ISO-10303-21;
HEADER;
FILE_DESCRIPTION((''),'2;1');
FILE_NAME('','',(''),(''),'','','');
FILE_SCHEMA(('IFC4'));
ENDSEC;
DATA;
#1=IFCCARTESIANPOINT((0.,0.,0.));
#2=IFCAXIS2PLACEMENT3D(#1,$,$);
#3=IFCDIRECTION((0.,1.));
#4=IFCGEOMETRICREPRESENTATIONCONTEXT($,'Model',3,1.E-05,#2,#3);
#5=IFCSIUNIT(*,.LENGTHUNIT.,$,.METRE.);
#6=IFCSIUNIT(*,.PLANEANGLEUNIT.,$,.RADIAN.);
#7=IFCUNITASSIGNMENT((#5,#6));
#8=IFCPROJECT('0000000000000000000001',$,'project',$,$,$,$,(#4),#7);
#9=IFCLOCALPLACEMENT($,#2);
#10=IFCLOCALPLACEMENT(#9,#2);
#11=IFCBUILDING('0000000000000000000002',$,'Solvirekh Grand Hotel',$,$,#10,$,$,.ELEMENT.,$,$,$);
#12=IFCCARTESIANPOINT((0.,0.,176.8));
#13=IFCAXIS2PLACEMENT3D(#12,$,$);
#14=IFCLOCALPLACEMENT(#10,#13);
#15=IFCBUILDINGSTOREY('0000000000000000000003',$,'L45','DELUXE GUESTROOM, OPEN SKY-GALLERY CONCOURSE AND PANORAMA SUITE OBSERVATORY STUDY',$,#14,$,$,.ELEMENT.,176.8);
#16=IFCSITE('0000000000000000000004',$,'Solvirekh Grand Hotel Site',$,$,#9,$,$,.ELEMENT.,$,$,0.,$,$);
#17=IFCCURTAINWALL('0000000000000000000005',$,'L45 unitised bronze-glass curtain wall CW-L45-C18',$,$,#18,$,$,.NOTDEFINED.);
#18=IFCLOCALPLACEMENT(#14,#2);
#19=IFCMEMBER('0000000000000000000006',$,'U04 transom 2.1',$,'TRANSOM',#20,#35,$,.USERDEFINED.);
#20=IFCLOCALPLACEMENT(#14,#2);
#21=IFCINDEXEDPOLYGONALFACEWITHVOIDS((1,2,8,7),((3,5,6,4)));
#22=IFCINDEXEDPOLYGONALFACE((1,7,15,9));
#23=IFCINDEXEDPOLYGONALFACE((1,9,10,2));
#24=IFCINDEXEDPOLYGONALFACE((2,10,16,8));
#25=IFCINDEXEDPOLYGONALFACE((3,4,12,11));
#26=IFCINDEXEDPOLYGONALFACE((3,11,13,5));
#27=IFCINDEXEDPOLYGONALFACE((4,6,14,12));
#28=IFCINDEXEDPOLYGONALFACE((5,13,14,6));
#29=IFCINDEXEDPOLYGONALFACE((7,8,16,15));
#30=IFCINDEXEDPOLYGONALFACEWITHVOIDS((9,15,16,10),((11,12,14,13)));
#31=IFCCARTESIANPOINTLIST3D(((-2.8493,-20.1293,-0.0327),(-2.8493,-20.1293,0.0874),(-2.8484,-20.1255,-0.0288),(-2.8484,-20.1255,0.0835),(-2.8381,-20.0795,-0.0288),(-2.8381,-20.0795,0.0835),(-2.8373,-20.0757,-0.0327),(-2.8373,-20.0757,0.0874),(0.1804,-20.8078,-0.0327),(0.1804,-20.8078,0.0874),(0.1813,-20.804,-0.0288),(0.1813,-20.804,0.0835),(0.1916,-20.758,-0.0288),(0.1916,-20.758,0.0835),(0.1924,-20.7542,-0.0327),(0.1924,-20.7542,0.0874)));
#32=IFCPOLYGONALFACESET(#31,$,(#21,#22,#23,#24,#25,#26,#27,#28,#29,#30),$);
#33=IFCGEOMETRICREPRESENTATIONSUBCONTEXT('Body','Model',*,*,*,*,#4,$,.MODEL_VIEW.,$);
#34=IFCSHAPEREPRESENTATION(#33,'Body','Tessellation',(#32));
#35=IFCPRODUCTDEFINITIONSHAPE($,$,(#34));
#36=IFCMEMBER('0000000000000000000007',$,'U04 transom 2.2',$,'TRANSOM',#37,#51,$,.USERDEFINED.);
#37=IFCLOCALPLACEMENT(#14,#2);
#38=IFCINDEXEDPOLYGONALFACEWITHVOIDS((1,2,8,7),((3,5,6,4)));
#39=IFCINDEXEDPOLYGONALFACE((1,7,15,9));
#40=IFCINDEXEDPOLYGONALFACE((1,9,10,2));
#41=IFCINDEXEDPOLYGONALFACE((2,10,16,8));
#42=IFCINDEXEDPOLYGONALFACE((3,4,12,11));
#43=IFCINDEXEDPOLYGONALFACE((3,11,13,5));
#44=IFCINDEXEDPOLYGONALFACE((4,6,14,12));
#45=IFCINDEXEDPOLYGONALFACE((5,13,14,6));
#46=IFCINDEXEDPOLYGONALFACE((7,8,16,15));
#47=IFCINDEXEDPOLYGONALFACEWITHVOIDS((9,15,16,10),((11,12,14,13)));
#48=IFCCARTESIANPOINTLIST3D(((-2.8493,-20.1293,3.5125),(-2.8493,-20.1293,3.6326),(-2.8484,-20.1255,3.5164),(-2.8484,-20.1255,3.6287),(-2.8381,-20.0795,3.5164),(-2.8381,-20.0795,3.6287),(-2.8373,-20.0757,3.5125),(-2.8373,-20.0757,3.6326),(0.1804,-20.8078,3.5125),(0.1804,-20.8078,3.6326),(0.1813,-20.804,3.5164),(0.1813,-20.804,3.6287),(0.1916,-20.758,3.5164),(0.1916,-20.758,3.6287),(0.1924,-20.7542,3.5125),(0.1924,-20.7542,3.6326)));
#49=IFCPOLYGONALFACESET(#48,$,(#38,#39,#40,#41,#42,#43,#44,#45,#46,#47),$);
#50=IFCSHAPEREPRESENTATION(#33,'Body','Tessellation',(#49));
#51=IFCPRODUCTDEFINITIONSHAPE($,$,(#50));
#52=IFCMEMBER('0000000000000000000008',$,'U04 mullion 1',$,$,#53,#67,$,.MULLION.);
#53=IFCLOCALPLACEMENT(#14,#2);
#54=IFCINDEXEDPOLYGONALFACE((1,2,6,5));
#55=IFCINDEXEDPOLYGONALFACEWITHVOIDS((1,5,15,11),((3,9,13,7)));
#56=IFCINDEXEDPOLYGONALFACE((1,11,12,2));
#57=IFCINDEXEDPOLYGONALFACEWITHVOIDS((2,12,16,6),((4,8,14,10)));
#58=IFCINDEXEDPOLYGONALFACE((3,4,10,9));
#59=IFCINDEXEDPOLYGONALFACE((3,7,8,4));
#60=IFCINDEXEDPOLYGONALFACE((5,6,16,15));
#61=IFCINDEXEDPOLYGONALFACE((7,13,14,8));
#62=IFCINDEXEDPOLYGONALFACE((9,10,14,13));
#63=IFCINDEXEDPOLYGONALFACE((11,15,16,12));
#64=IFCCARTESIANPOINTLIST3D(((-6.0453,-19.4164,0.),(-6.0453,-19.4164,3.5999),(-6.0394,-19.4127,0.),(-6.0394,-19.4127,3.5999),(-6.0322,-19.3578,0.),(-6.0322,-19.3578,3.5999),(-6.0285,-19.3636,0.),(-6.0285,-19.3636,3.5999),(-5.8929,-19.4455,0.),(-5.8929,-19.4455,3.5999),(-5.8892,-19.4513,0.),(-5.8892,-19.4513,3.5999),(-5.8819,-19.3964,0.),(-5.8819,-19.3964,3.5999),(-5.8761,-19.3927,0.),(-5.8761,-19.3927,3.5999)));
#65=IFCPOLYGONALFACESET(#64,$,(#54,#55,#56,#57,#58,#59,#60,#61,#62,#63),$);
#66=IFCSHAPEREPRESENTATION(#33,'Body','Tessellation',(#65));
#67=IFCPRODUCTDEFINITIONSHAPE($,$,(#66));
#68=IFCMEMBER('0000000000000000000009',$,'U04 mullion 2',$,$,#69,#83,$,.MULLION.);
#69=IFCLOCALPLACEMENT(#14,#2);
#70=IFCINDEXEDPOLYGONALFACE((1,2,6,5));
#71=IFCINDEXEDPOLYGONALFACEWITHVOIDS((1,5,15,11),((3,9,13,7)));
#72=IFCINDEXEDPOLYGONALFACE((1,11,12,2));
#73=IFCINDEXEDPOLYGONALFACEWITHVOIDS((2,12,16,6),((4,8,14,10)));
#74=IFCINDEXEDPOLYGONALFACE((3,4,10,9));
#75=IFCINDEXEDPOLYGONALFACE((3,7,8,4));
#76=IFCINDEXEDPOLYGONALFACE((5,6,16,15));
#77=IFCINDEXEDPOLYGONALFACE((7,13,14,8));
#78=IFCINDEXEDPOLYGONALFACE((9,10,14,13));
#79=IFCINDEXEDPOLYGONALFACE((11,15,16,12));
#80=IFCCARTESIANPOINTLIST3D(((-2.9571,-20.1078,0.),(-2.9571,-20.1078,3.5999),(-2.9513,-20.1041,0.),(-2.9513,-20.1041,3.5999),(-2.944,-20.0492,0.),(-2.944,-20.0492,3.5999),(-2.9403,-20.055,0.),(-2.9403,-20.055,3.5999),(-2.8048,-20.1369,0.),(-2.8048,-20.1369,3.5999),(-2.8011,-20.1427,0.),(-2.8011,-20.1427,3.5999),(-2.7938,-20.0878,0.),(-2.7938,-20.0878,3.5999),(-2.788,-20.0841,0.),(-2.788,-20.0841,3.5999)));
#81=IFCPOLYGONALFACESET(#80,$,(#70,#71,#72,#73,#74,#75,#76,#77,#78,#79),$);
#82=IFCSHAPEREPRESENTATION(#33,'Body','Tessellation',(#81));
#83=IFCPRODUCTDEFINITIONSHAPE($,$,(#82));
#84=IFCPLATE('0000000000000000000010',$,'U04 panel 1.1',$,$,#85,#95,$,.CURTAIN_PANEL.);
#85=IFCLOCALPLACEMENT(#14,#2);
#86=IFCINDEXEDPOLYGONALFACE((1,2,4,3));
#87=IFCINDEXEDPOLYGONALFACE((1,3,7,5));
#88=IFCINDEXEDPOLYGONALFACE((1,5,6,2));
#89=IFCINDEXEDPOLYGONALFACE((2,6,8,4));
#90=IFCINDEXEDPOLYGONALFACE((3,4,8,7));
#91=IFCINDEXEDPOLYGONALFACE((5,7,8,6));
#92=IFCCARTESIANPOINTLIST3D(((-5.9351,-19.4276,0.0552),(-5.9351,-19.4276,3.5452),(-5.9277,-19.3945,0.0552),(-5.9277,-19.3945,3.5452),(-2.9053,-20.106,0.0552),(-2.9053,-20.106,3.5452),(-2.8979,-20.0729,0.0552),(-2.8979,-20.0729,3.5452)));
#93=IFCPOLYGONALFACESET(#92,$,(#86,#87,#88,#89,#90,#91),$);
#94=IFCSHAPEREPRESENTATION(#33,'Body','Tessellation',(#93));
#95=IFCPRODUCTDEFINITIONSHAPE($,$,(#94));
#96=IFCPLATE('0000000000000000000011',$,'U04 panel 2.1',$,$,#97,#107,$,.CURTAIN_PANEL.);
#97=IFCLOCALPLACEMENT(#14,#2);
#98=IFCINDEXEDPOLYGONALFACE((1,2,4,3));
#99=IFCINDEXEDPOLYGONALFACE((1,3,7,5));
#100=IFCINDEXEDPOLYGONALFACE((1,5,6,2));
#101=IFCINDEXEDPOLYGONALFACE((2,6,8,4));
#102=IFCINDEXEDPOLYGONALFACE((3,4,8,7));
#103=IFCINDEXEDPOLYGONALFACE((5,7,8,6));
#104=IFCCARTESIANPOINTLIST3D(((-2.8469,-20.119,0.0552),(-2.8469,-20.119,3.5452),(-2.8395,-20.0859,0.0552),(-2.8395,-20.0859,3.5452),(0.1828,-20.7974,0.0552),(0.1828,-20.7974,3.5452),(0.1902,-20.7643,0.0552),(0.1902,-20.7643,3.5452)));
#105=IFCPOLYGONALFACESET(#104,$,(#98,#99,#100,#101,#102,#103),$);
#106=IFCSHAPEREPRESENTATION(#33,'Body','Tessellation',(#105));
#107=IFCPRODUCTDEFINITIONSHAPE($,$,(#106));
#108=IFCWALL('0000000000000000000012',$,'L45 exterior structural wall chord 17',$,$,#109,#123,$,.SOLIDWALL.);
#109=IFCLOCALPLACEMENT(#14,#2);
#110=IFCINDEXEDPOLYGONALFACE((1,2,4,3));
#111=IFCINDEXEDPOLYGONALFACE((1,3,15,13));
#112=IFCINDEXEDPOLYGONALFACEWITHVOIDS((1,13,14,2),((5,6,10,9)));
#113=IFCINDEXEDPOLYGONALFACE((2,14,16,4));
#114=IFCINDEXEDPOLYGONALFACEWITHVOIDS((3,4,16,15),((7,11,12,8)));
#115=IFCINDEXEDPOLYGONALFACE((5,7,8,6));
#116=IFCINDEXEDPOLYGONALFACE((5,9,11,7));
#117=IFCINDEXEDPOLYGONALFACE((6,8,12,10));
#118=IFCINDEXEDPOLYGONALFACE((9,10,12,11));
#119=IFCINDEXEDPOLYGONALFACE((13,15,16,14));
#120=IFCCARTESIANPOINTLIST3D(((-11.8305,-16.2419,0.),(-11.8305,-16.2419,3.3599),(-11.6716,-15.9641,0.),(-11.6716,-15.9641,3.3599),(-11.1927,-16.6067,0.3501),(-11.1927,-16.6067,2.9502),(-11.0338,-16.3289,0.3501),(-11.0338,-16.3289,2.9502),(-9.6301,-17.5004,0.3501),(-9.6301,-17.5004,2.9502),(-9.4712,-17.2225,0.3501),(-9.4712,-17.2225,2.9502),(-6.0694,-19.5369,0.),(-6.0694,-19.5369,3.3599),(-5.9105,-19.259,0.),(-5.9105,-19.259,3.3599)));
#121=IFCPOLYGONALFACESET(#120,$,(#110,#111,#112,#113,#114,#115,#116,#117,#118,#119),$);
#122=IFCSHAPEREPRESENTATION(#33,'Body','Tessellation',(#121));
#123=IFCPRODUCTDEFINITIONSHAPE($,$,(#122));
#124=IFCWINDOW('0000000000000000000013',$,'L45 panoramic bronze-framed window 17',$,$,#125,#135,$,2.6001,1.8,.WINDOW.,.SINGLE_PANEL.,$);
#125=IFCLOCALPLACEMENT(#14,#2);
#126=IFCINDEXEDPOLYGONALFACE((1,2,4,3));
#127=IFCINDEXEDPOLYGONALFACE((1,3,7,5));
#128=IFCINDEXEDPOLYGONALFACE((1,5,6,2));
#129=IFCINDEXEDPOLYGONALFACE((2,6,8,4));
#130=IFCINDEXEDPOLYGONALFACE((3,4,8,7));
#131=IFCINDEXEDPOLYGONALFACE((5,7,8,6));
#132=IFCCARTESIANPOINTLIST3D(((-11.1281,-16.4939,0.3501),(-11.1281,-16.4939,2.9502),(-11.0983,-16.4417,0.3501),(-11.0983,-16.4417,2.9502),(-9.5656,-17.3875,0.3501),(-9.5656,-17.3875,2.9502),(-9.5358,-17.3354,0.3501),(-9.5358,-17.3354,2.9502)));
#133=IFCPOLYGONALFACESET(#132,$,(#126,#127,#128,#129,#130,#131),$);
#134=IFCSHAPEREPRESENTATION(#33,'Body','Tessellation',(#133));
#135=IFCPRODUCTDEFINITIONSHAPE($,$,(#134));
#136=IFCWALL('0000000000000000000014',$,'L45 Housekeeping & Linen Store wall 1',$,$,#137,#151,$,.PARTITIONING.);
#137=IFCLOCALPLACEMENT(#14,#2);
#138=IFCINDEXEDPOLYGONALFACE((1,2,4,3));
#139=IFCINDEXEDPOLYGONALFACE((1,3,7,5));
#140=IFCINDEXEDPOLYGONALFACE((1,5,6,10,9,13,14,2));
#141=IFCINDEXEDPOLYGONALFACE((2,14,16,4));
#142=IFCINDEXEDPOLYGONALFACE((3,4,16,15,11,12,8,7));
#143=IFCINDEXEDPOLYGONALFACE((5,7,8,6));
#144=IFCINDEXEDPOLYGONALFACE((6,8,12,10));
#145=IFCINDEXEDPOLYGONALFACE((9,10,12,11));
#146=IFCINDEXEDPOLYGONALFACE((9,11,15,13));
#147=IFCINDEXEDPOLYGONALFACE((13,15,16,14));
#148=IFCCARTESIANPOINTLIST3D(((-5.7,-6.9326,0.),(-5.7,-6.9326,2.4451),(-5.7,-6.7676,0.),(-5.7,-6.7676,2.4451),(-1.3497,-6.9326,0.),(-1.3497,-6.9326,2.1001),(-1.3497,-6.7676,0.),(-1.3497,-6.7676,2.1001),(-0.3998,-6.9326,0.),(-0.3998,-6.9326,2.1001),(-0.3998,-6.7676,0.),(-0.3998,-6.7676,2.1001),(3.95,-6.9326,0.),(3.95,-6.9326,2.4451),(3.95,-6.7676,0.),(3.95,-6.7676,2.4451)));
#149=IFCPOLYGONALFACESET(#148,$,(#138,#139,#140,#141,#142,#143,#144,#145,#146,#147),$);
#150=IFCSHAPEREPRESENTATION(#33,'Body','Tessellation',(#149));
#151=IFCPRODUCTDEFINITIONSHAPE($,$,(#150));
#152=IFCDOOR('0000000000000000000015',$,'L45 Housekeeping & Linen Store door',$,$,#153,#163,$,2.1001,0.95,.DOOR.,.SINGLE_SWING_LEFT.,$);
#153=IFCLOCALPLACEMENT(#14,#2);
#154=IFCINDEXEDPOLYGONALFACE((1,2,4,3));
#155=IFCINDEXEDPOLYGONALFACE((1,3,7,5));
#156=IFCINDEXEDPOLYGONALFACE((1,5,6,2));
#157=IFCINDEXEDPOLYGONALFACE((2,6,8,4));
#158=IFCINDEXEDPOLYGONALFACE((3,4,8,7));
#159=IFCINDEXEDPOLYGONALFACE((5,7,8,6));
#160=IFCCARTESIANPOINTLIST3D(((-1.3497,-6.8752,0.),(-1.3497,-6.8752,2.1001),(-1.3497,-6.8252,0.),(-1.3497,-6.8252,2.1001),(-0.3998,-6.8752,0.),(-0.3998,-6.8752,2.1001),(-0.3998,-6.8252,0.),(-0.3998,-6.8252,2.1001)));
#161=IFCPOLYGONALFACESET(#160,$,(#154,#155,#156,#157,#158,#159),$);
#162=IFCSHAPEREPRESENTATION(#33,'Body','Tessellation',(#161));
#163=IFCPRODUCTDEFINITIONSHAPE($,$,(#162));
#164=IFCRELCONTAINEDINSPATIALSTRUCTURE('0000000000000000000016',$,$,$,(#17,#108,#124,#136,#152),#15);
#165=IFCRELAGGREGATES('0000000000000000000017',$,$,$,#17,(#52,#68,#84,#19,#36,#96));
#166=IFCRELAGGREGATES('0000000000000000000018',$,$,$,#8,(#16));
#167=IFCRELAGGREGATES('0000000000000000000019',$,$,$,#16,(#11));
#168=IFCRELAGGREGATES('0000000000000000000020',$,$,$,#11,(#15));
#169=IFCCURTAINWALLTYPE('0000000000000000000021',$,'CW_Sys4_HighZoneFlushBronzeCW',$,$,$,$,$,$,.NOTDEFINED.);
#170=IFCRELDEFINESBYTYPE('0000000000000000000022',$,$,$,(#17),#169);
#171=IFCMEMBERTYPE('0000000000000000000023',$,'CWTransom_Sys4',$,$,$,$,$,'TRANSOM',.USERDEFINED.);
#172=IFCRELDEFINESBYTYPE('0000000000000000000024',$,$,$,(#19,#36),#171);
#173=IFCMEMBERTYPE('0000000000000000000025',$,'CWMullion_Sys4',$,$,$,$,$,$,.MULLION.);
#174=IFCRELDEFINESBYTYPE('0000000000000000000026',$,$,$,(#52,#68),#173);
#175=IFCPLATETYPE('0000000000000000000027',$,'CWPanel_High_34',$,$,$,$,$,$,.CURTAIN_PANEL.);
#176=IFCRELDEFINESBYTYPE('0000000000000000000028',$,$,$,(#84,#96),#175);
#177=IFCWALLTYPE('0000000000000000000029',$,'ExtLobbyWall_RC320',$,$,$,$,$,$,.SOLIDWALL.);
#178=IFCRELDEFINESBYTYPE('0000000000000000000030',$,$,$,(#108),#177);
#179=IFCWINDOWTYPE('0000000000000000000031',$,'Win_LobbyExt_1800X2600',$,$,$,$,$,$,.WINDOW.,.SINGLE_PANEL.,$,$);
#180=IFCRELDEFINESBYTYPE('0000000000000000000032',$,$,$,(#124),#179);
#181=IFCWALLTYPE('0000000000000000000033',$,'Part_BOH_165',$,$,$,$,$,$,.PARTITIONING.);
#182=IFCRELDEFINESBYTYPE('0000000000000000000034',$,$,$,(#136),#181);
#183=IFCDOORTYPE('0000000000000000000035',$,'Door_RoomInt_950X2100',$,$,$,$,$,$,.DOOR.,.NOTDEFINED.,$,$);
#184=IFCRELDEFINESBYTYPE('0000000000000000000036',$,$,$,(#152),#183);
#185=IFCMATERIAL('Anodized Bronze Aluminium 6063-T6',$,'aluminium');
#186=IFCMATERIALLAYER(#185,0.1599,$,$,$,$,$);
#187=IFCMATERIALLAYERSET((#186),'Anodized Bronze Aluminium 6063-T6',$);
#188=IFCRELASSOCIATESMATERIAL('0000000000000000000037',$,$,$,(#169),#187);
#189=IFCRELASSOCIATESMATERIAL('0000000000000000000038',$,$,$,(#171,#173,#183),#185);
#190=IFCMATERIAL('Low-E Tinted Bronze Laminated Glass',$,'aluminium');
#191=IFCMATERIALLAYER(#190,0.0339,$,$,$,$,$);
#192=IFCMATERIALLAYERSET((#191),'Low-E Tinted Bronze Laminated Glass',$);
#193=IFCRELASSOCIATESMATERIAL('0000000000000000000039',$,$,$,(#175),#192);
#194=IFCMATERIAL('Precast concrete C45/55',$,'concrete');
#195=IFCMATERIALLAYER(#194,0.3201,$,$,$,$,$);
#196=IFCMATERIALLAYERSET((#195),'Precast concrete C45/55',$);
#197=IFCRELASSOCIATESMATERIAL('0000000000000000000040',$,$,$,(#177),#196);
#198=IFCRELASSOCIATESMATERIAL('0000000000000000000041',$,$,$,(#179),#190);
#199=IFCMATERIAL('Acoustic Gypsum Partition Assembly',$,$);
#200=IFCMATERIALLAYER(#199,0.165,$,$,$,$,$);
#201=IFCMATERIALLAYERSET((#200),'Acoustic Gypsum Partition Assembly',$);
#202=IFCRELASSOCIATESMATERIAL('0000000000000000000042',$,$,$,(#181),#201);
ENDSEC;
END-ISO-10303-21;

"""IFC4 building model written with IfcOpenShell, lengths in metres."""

from ifc_helpers import new_model, si_unit, direction, frame, frame_2d, origin, origin_2d, place, context, subcontext, project, spatial, rectangle, hollow_rectangle, extrude, source, transform, mapped, material, layer, layer_set, material_profile, profile_set, type_object, element, fill, aggregate, save


model = new_model("IFC4")

# Units and contexts
model_context = context("Model", 3, precision=1e-05, world=origin(), true_north=direction((0.0, 1.0)))
body_context = subcontext(model_context, "Body", "Model", "MODEL_VIEW")
ifc_project = project(units=[si_unit("LENGTHUNIT", "METRE"), si_unit("PLANEANGLEUNIT", "RADIAN")], contexts=[model_context])

# Site, building, storey
site_placement = place(None, origin())
site = spatial("IfcSite", under=ifc_project, at=site_placement, Name="Solvirekh Grand Hotel Site", CompositionType="ELEMENT", RefElevation=0.0)
building_placement = place(site_placement, origin())
building = spatial("IfcBuilding", under=site, at=building_placement, Name="Solvirekh Grand Hotel", CompositionType="ELEMENT")
storey_placement = place(building_placement, frame((0.0, 0.0, 176.8)))
storey = spatial("IfcBuildingStorey", under=building, at=storey_placement, Name="L45", Description="DELUXE GUESTROOM, OPEN SKY-GALLERY CONCOURSE AND PANORAMA SUITE OBSERVATORY STUDY", CompositionType="ELEMENT", Elevation=176.8)

# Curtain wall, members, plates
ifc_material_1 = material(Name="Anodized Bronze Aluminium 6063-T6", Category="aluminium")
ifc_layer_1 = layer(ifc_material_1, 0.1599)
ifc_layer_set_1 = layer_set([ifc_layer_1], Name="Anodized Bronze Aluminium 6063-T6")
curtain_wall_type = type_object("IfcCurtainWallType", Name="CW_Sys4_HighZoneFlushBronzeCW", PredefinedType="NOTDEFINED", material=ifc_layer_set_1)
curtain_wall_placement = place(storey_placement, origin())
curtain_wall = element("IfcCurtainWall", 1, at=curtain_wall_placement, inside=storey, type_object=curtain_wall_type, Name="L45 unitised bronze-glass curtain wall CW-L45-C18", PredefinedType="NOTDEFINED")
ifc_material_profile_1 = material_profile(ifc_material_1, hollow_rectangle(XDim=0.0549, YDim=0.1201, WallThickness=0.0039, at=origin_2d()), Name="ALU RHS 120X55X4")
ifc_profile_set_1 = profile_set([ifc_material_profile_1], Name="Anodized Bronze Aluminium 6063-T6")
member_type_1 = type_object("IfcMemberType", Name="CWTransom_Sys4", ElementType="TRANSOM", PredefinedType="USERDEFINED", material=ifc_profile_set_1)
shared_shape_1 = source(origin(), body_context, "Body", "SweptSolid", [
    extrude(hollow_rectangle(XDim=0.0549, YDim=0.1201, WallThickness=0.0039, at=origin_2d()), origin(), (0.0, 0.0, 1.0), 3.1047),
])
member_1_placement = place(storey_placement, frame((-2.8433, -20.1025, 0.0273), z_axis=(0.975832, -0.21852, 0.0), x_axis=(0.21852, 0.975832, 0.0)))
member_1 = element("IfcMember", 2, at=member_1_placement, type_object=member_type_1, Name="U04 transom 2.1", ObjectType="TRANSOM", PredefinedType="USERDEFINED", context=body_context, shape_type="MappedRepresentation", body=[
    mapped(shared_shape_1, transform((0.0, 0.0, 0.0), x_axis=(1.0, 0.0, 0.0), y_axis=(0.0, 1.0, 0.0), z_axis=(0.0, 0.0, 1.0), scale=1.0)),
])
member_2_placement = place(storey_placement, frame((-2.8433, -20.1025, 3.5725), z_axis=(0.975832, -0.21852, 0.0), x_axis=(0.21852, 0.975832, 0.0)))
member_2 = element("IfcMember", 3, at=member_2_placement, type_object=member_type_1, Name="U04 transom 2.2", ObjectType="TRANSOM", PredefinedType="USERDEFINED", context=body_context, shape_type="MappedRepresentation", body=[
    mapped(shared_shape_1, transform((0.0, 0.0, 0.0), x_axis=(1.0, 0.0, 0.0), y_axis=(0.0, 1.0, 0.0), z_axis=(0.0, 0.0, 1.0), scale=1.0)),
])
ifc_material_profile_2 = material_profile(ifc_material_1, hollow_rectangle(XDim=0.0601, YDim=0.1599, WallThickness=0.0049, at=origin_2d()), Name="ALU RHS 160X60X5")
ifc_profile_set_2 = profile_set([ifc_material_profile_2], Name="Anodized Bronze Aluminium 6063-T6")
member_type_2 = type_object("IfcMemberType", Name="CWMullion_Sys4", PredefinedType="MULLION", material=ifc_profile_set_2)
shared_shape_2 = source(origin(), body_context, "Body", "SweptSolid", [
    extrude(hollow_rectangle(XDim=0.0601, YDim=0.1599, WallThickness=0.0049, at=origin_2d()), origin(), (0.0, 0.0, 1.0), 3.5999),
])
member_3_placement = place(storey_placement, frame((-5.9607, -19.4045, 0.0), z_axis=(0.0, 0.0, 1.0), x_axis=(0.218488, 0.97584, 0.0)))
member_3 = element("IfcMember", 4, at=member_3_placement, type_object=member_type_2, Name="U04 mullion 1", PredefinedType="MULLION", context=body_context, shape_type="MappedRepresentation", body=[
    mapped(shared_shape_2, transform((0.0, 0.0, 0.0), x_axis=(1.0, 0.0, 0.0), y_axis=(0.0, 1.0, 0.0), z_axis=(0.0, 0.0, 1.0), scale=1.0)),
])
member_4_placement = place(storey_placement, frame((-2.8726, -20.0959, 0.0), z_axis=(0.0, 0.0, 1.0), x_axis=(0.218488, 0.97584, 0.0)))
member_4 = element("IfcMember", 5, at=member_4_placement, type_object=member_type_2, Name="U04 mullion 2", PredefinedType="MULLION", context=body_context, shape_type="MappedRepresentation", body=[
    mapped(shared_shape_2, transform((0.0, 0.0, 0.0), x_axis=(1.0, 0.0, 0.0), y_axis=(0.0, 1.0, 0.0), z_axis=(0.0, 0.0, 1.0), scale=1.0)),
])
ifc_material_2 = material(Name="Low-E Tinted Bronze Laminated Glass", Category="aluminium")
ifc_layer_2 = layer(ifc_material_2, 0.0339)
ifc_layer_set_2 = layer_set([ifc_layer_2], Name="Low-E Tinted Bronze Laminated Glass")
plate_type = type_object("IfcPlateType", Name="CWPanel_High_34", PredefinedType="CURTAIN_PANEL", material=ifc_layer_set_2)
shared_shape_3 = source(origin(), body_context, "Body", "SweptSolid", [
    extrude(rectangle(XDim=3.1047, YDim=0.0339, at=origin_2d()), origin(), (0.0, 0.0, 1.0), 3.49),
])
plate_1_placement = place(storey_placement, frame((-4.4165, -19.7502, 0.0552), z_axis=(0.0, 0.0, 1.0), x_axis=(0.97584, -0.218488, 0.0)))
plate_1 = element("IfcPlate", 6, at=plate_1_placement, type_object=plate_type, Name="U04 panel 1.1", PredefinedType="CURTAIN_PANEL", context=body_context, shape_type="MappedRepresentation", body=[
    mapped(shared_shape_3, transform((0.0, 0.0, 0.0), x_axis=(1.0, 0.0, 0.0), y_axis=(0.0, 1.0, 0.0), z_axis=(0.0, 0.0, 1.0), scale=1.0)),
])
plate_2_placement = place(storey_placement, frame((-1.3284, -20.4417, 0.0552), z_axis=(0.0, 0.0, 1.0), x_axis=(0.97584, -0.218488, 0.0)))
plate_2 = element("IfcPlate", 7, at=plate_2_placement, type_object=plate_type, Name="U04 panel 2.1", PredefinedType="CURTAIN_PANEL", context=body_context, shape_type="MappedRepresentation", body=[
    mapped(shared_shape_3, transform((0.0, 0.0, 0.0), x_axis=(1.0, 0.0, 0.0), y_axis=(0.0, 1.0, 0.0), z_axis=(0.0, 0.0, 1.0), scale=1.0)),
])
aggregate(curtain_wall, [member_3, member_4, plate_1, member_1, member_2, plate_2])

# Wall, opening, window
ifc_material_3 = material(Name="Precast concrete C45/55", Category="concrete")
ifc_layer_3 = layer(ifc_material_3, 0.3201)
ifc_layer_set_3 = layer_set([ifc_layer_3], Name="Precast concrete C45/55")
wall_type_1 = type_object("IfcWallType", Name="ExtLobbyWall_RC320", PredefinedType="SOLIDWALL", material=ifc_layer_set_3)
wall_1_placement = place(storey_placement, frame((-5.99, -19.3979, 0.0), z_axis=(0.0, 0.0, 1.0), x_axis=(-0.868053, 0.496472, 0.0)))
wall_1 = element("IfcWall", 8, at=wall_1_placement, inside=storey, type_object=wall_type_1, Name="L45 exterior structural wall chord 17", PredefinedType="SOLIDWALL", context=body_context, shape_type="SweptSolid", body=[
    extrude(rectangle(XDim=6.6367, YDim=0.3201, at=frame_2d((3.3184, 0.0))), origin(), (0.0, 0.0, 1.0), 3.3599),
])
opening_1_placement = place(wall_1_placement, frame((4.1021, 0.0, 0.3501)))
opening_1 = element("IfcOpeningElement", 9, at=opening_1_placement, cuts=wall_1, PredefinedType="OPENING", context=body_context, shape_type="SweptSolid", body=[
    extrude(rectangle(XDim=1.8, YDim=2.6001, at=frame_2d((0.8999, 1.3))), frame((0.0, 0.1699, 0.0), z_axis=(0.0, -1.0, 0.0), x_axis=(1.0, 0.0, 0.0)), (0.0, 0.0, 1.0), 0.3401),
])
window_type = type_object("IfcWindowType", Name="Win_LobbyExt_1800X2600", PartitioningType="SINGLE_PANEL", PredefinedType="WINDOW", material=ifc_material_2)
window_placement = place(opening_1_placement, origin())
window = element("IfcWindow", 10, at=window_placement, inside=storey, type_object=window_type, Name="L45 panoramic bronze-framed window 17", OverallHeight=2.6001, OverallWidth=1.8, PartitioningType="SINGLE_PANEL", PredefinedType="WINDOW", context=body_context, shape_type="SweptSolid", body=[
    extrude(rectangle(XDim=1.8, YDim=2.6001, at=frame_2d((0.8999, 1.3))), frame((0.0, 0.03, 0.0), z_axis=(0.0, -1.0, 0.0), x_axis=(1.0, 0.0, 0.0)), (0.0, 0.0, 1.0), 0.0601),
])
fill(opening_1, window)

# Wall, opening, door
ifc_material_4 = material(Name="Acoustic Gypsum Partition Assembly")
ifc_layer_4 = layer(ifc_material_4, 0.165)
ifc_layer_set_4 = layer_set([ifc_layer_4], Name="Acoustic Gypsum Partition Assembly")
wall_type_2 = type_object("IfcWallType", Name="Part_BOH_165", PredefinedType="PARTITIONING", material=ifc_layer_set_4)
wall_2_placement = place(storey_placement, frame((-5.7, -6.8501, 0.0), z_axis=(0.0, 0.0, 1.0), x_axis=(1.0, 0.0, 0.0)))
wall_2 = element("IfcWall", 11, at=wall_2_placement, inside=storey, type_object=wall_type_2, Name="L45 Housekeeping & Linen Store wall 1", PredefinedType="PARTITIONING", context=body_context, shape_type="SweptSolid", body=[
    extrude(rectangle(XDim=9.6499, YDim=0.165, at=frame_2d((4.825, 0.0))), origin(), (0.0, 0.0, 1.0), 2.4451),
])
opening_2_placement = place(wall_2_placement, frame((4.3501, 0.0, 0.0)))
opening_2 = element("IfcOpeningElement", 12, at=opening_2_placement, cuts=wall_2, PredefinedType="OPENING", context=body_context, shape_type="SweptSolid", body=[
    extrude(rectangle(XDim=0.95, YDim=2.1001, at=frame_2d((0.4751, 1.05))), frame((0.0, 0.0925, 0.0), z_axis=(0.0, -1.0, 0.0), x_axis=(1.0, 0.0, 0.0)), (0.0, 0.0, 1.0), 0.1851),
])
door_type_1 = type_object("IfcDoorType", Name="Door_RoomInt_950X2100", OperationType="NOTDEFINED", PredefinedType="DOOR", material=ifc_material_1)
door_1_placement = place(opening_2_placement, origin())
door_1 = element("IfcDoor", 13, at=door_1_placement, inside=storey, type_object=door_type_1, Name="L45 Housekeeping & Linen Store door", OperationType="SINGLE_SWING_LEFT", OverallHeight=2.1001, OverallWidth=0.95, PredefinedType="DOOR", context=body_context, shape_type="SweptSolid", body=[
    extrude(rectangle(XDim=0.95, YDim=2.1001, at=frame_2d((0.4751, 1.05))), frame((0.0, 0.0249, 0.0), z_axis=(0.0, -1.0, 0.0), x_axis=(1.0, 0.0, 0.0)), (0.0, 0.0, 1.0), 0.05),
])
fill(opening_2, door_1)

save(model, "model.ifc")
